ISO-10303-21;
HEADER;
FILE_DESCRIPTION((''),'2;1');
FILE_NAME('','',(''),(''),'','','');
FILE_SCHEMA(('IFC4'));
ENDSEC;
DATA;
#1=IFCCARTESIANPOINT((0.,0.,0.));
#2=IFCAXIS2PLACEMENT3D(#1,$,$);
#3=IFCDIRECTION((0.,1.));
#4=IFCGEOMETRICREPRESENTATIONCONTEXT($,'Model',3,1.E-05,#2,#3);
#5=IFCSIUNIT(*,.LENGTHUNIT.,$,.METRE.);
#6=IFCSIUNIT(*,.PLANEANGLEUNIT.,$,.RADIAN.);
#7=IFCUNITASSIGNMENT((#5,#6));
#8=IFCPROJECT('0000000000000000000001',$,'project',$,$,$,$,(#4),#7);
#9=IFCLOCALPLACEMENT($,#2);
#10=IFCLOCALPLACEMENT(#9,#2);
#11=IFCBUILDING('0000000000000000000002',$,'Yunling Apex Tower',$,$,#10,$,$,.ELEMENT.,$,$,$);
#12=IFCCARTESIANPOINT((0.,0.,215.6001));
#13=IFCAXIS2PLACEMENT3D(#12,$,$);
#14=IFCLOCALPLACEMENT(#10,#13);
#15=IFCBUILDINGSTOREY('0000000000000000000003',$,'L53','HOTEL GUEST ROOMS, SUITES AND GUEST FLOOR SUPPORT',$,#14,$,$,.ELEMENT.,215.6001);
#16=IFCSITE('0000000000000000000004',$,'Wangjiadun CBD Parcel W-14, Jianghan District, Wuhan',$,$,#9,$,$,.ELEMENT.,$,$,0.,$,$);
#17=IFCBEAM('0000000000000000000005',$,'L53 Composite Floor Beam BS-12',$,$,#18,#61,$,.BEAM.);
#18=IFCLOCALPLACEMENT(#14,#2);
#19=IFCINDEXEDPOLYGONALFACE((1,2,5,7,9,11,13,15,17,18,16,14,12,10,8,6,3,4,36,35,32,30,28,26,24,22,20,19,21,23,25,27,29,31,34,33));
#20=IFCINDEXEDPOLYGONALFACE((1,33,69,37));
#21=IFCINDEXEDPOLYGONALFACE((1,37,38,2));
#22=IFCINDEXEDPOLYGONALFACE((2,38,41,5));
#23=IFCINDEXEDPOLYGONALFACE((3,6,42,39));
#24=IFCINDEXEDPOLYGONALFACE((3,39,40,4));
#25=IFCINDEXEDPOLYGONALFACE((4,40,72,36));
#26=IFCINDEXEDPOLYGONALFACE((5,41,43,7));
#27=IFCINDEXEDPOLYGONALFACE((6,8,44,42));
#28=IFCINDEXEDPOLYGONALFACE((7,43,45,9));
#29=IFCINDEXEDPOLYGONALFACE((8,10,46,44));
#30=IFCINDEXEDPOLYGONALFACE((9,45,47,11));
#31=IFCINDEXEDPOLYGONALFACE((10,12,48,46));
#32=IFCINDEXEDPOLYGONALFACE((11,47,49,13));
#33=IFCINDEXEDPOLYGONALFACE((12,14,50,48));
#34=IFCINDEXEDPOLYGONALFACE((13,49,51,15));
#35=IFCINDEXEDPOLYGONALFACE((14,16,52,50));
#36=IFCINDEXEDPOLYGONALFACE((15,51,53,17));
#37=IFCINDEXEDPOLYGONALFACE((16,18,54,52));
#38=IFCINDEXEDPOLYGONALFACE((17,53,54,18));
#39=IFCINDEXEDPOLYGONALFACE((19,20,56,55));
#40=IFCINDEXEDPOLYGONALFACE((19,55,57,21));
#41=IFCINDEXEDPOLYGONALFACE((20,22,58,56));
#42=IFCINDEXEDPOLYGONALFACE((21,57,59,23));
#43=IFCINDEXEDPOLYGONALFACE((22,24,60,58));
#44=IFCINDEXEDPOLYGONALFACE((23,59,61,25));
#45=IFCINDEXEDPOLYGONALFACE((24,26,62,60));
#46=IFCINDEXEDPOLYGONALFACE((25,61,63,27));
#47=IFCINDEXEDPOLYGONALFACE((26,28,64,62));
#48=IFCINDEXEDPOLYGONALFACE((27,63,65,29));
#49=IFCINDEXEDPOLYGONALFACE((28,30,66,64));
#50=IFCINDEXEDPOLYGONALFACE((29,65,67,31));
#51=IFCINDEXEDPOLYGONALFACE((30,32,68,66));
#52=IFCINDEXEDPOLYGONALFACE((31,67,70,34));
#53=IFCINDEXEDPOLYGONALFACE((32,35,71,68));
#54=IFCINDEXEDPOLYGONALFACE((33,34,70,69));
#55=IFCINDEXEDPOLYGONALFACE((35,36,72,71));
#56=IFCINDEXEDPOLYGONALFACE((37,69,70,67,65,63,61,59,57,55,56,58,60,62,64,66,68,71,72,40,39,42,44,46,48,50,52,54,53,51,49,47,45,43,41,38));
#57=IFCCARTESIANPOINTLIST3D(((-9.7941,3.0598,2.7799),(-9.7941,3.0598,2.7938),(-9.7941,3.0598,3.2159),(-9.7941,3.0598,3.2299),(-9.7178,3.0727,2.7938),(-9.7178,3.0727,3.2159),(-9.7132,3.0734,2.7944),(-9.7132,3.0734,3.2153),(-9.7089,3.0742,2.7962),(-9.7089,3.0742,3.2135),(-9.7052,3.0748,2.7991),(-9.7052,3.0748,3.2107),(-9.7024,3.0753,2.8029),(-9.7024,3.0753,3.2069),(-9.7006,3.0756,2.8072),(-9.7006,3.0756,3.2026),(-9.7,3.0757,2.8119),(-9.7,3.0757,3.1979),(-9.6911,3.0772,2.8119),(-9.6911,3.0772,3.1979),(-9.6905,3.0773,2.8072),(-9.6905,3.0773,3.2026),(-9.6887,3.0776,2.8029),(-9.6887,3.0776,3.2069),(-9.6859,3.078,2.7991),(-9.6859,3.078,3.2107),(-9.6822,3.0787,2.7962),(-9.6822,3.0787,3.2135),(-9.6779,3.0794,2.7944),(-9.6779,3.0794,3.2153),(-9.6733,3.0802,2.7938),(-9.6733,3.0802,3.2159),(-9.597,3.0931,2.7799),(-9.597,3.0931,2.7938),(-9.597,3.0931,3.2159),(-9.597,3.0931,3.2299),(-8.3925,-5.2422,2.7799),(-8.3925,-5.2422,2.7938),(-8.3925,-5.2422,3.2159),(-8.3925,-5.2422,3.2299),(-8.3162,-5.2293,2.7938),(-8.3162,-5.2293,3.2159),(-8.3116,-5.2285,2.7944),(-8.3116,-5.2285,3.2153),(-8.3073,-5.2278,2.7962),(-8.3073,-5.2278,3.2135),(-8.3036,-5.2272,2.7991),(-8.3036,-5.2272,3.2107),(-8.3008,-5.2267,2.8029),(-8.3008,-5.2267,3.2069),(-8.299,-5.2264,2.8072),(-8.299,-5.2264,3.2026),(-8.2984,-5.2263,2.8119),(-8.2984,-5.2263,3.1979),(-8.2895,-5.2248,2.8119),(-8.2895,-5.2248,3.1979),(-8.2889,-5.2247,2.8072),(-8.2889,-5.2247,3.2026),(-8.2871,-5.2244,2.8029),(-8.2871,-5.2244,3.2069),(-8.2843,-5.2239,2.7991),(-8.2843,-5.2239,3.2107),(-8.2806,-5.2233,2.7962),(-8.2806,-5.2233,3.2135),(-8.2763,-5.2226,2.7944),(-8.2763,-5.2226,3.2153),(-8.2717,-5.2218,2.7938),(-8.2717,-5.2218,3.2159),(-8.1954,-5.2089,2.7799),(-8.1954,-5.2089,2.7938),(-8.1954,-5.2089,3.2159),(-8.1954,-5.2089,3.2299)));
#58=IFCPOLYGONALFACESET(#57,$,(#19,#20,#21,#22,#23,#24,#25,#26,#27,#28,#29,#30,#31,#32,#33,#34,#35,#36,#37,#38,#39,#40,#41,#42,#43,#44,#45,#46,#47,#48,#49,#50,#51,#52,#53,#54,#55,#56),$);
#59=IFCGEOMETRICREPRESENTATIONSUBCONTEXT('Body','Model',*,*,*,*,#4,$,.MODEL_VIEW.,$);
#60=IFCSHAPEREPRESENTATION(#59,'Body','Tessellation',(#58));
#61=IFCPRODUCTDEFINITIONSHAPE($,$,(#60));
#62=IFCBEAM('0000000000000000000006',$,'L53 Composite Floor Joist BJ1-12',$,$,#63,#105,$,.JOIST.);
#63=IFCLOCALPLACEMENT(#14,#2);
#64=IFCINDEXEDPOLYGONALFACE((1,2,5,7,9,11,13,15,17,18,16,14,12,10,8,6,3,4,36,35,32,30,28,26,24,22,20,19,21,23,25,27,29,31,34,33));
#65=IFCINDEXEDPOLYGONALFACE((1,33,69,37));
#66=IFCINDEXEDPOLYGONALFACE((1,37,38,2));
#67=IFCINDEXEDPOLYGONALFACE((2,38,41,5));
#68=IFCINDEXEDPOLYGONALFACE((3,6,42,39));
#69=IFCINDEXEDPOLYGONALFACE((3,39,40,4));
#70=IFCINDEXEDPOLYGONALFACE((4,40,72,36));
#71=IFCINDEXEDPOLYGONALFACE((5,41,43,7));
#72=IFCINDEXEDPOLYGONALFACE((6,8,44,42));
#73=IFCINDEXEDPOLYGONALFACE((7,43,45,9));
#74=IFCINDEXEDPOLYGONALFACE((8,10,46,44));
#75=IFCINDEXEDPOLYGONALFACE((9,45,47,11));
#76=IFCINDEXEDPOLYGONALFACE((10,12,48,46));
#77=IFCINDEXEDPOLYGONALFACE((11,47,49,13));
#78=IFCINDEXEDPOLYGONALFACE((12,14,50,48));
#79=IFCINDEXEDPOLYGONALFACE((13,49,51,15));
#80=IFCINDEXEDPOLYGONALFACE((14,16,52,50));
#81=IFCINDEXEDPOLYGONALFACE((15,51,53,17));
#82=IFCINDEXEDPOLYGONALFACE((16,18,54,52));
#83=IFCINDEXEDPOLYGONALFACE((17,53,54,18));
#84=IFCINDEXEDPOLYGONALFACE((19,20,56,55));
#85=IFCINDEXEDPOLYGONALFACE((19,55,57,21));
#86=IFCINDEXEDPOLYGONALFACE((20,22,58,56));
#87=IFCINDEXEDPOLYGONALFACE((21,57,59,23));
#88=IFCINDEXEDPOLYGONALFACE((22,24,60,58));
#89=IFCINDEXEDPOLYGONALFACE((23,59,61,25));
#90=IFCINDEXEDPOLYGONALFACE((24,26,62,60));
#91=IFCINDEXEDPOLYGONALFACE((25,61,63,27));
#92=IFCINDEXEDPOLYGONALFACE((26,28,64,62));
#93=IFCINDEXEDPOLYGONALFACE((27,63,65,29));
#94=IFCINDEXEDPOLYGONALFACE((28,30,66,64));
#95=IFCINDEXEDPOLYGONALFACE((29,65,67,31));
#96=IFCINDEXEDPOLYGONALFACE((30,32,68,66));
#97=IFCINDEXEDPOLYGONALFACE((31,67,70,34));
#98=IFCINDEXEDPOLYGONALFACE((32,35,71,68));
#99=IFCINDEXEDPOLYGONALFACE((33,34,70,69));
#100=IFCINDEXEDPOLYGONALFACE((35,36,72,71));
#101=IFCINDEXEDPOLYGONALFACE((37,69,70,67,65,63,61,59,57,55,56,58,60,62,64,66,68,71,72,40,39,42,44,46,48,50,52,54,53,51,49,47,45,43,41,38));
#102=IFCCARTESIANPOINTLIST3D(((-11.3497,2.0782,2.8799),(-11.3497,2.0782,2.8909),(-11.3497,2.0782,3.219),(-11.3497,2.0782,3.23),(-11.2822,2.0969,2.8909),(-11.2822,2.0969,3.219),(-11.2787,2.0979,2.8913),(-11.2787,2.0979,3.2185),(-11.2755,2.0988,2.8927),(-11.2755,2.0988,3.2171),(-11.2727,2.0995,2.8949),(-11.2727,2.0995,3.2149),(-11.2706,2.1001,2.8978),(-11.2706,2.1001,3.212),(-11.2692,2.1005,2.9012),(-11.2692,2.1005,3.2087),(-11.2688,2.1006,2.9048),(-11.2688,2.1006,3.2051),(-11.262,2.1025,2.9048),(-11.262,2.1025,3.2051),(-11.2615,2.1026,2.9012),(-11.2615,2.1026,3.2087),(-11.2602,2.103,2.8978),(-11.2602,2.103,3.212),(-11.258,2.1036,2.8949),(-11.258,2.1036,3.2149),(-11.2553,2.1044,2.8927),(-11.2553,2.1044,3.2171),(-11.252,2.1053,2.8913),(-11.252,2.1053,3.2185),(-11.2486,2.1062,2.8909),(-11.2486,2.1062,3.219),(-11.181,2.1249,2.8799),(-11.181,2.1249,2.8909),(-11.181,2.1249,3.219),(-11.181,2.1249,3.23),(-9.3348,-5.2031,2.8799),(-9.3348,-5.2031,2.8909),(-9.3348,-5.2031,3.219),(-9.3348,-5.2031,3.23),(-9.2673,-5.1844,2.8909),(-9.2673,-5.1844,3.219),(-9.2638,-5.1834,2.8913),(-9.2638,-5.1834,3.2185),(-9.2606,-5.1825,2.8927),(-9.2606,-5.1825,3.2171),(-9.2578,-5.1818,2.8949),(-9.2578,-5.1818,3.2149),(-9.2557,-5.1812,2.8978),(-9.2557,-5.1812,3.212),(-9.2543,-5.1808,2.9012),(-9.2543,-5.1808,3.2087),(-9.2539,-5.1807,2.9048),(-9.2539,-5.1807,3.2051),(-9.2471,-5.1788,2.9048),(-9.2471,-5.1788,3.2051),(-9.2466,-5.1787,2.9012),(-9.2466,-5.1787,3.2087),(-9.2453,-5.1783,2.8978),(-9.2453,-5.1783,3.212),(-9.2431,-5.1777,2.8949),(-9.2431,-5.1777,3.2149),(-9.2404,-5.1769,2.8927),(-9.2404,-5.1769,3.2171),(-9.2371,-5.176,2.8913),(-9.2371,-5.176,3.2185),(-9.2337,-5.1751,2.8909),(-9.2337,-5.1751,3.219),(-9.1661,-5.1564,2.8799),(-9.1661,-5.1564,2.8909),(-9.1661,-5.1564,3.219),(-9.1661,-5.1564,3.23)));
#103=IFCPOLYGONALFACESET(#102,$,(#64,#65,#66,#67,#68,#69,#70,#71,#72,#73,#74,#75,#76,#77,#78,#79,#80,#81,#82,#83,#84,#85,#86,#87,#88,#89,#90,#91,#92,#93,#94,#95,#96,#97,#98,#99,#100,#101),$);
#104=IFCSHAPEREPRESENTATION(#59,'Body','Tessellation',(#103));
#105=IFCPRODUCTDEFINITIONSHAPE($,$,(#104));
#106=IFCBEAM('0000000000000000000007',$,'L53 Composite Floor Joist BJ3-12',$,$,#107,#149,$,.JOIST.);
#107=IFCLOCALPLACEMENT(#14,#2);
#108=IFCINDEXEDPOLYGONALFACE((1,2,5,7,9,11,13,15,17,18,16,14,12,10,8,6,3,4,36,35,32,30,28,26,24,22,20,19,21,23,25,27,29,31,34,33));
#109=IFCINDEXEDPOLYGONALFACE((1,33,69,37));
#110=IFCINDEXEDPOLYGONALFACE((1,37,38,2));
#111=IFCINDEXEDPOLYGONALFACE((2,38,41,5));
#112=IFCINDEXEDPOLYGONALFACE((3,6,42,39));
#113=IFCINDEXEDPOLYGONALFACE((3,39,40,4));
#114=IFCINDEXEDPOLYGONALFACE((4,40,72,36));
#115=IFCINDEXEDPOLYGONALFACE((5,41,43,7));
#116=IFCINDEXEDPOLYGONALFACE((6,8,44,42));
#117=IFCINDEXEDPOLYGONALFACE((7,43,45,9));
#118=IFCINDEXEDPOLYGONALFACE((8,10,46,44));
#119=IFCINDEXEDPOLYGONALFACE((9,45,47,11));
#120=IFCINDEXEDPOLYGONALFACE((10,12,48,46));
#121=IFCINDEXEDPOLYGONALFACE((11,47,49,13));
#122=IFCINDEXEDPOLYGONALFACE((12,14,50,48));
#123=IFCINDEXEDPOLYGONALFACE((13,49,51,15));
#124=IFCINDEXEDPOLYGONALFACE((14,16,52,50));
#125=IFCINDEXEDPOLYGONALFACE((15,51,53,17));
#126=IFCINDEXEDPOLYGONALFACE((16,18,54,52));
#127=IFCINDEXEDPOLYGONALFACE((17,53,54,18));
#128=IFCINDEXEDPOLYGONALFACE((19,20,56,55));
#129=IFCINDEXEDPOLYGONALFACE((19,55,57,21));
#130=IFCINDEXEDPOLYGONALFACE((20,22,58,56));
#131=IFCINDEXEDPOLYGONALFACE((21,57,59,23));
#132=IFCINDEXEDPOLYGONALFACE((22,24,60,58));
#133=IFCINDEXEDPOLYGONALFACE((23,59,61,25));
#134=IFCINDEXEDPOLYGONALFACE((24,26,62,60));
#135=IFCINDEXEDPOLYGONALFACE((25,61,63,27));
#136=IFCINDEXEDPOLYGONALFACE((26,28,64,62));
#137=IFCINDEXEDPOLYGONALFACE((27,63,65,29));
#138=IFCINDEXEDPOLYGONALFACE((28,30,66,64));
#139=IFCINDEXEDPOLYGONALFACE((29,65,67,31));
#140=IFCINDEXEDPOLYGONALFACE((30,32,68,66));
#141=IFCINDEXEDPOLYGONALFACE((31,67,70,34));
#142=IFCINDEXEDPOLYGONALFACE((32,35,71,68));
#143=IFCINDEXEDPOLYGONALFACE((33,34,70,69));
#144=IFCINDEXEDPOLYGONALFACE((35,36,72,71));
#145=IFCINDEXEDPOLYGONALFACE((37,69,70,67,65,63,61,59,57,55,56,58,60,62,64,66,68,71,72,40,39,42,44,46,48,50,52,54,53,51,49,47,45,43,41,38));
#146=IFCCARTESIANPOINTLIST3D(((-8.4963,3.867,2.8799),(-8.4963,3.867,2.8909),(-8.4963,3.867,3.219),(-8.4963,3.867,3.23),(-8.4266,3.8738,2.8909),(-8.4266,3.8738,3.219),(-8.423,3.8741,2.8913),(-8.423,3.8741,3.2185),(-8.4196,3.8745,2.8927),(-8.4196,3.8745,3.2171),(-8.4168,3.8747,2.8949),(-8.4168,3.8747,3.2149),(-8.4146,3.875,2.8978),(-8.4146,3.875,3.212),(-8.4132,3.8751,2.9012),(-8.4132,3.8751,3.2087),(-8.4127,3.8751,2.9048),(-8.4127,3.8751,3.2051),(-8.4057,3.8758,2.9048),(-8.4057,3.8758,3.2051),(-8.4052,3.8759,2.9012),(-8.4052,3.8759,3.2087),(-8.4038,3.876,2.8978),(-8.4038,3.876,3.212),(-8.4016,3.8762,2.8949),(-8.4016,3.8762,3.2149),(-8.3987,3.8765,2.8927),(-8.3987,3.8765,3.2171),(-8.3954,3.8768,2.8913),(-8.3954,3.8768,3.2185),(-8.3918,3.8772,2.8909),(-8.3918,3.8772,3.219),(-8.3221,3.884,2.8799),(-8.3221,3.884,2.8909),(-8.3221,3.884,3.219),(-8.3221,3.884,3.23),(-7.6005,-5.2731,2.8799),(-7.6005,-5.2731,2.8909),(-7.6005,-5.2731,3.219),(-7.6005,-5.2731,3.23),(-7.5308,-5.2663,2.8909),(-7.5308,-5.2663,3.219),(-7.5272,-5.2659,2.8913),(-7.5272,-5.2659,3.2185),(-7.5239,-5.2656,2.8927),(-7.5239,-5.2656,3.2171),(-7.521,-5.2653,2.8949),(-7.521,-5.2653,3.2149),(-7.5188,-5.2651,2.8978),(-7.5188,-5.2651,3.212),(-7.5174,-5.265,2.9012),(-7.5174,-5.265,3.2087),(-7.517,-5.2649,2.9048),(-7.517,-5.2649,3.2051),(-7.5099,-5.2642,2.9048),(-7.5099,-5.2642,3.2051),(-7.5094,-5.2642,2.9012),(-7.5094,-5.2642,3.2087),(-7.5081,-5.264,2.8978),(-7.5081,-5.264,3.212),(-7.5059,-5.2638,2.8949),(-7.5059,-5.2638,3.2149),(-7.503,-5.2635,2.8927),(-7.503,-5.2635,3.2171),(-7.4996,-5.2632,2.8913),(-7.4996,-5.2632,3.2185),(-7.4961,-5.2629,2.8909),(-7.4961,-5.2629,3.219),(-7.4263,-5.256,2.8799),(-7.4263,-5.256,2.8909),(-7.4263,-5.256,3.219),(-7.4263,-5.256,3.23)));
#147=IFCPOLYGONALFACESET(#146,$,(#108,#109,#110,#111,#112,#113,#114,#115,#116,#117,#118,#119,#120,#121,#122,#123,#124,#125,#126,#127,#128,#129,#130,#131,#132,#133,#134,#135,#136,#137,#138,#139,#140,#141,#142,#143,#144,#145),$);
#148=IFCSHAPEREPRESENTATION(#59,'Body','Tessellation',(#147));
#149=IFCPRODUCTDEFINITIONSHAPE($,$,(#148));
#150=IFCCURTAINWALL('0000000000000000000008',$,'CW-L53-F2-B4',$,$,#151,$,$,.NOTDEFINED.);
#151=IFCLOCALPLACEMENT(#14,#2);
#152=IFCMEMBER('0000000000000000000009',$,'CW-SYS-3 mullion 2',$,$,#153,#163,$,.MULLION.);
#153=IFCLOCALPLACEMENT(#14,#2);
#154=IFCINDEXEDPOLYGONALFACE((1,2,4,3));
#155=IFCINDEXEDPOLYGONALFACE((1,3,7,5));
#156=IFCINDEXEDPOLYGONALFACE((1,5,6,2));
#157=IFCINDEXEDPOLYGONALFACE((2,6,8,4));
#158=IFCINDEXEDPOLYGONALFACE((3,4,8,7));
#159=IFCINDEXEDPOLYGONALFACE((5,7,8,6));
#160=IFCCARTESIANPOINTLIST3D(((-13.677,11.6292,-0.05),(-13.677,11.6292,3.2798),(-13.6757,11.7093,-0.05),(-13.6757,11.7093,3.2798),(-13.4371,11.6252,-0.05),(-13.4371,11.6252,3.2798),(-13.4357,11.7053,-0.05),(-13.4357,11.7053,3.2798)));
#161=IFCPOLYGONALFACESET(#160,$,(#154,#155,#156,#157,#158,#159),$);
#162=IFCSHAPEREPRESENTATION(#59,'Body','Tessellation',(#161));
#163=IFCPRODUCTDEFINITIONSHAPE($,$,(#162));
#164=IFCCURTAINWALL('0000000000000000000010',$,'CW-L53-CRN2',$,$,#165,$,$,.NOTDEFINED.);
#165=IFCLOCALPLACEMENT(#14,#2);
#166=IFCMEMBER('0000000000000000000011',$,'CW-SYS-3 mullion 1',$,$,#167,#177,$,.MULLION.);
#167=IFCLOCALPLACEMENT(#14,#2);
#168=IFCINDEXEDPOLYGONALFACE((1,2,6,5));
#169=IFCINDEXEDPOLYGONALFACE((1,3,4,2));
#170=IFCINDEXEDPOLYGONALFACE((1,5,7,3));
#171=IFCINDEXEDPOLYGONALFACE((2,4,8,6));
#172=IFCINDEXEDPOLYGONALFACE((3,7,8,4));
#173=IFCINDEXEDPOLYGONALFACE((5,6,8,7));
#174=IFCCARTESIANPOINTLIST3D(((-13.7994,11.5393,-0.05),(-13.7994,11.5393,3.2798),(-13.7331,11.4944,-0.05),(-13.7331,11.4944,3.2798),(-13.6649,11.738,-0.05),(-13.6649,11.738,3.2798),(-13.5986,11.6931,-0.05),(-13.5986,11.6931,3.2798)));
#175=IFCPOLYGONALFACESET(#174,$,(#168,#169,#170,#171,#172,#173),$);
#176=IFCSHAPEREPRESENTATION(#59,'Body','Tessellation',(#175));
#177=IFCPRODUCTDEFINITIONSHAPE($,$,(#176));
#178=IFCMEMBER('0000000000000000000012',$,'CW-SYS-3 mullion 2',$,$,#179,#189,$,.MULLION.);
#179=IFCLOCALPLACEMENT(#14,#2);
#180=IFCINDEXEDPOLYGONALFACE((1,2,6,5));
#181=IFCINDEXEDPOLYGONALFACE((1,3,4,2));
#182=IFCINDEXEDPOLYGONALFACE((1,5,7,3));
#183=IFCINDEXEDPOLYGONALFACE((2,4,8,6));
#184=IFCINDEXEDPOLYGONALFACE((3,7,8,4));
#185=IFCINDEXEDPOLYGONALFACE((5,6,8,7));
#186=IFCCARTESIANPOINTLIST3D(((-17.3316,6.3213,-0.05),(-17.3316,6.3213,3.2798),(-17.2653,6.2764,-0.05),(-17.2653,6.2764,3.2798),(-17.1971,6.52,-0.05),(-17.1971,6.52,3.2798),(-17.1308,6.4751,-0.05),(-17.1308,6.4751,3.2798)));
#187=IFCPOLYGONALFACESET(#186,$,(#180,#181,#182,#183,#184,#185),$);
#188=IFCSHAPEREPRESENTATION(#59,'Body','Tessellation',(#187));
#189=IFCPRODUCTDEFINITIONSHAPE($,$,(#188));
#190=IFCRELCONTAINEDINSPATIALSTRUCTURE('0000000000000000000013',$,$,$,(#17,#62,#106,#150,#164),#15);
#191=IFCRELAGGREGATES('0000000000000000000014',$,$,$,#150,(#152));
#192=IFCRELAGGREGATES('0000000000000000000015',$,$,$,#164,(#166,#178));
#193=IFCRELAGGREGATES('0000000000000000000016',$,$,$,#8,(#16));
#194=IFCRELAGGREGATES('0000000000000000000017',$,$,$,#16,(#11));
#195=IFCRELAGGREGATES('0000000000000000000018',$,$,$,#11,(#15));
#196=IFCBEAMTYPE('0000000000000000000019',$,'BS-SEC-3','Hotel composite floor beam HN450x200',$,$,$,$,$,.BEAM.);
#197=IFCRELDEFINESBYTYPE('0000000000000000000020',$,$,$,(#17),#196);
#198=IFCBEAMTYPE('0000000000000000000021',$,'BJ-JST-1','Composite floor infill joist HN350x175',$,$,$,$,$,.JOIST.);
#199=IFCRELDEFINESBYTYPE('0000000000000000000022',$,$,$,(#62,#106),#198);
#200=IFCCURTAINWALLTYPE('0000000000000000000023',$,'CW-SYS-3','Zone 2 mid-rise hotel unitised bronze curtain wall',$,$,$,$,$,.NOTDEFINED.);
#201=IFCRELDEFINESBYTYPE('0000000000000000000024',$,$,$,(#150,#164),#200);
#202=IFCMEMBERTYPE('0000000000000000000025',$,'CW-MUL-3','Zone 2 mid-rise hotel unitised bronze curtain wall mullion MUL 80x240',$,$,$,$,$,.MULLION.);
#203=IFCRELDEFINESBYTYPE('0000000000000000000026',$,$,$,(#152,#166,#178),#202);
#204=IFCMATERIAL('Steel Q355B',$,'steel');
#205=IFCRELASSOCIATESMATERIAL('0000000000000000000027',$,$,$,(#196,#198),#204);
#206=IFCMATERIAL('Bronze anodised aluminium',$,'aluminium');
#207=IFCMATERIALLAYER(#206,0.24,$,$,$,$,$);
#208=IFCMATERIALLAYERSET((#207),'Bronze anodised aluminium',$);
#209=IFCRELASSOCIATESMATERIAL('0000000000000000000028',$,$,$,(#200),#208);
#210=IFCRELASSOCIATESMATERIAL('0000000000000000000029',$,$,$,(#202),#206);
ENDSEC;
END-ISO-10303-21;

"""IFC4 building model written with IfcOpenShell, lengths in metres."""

from ifc_helpers import new_model, si_unit, direction, frame, origin, origin_2d, place, context, subcontext, project, spatial, rectangle, i_section, extrude, source, transform, mapped, material, layer, layer_set, material_profile, profile_set, type_object, element, aggregate, save


model = new_model("IFC4")

# Units and contexts
model_context = context("Model", 3, precision=1e-05, world=origin(), true_north=direction((0.0, 1.0)))
body_context = subcontext(model_context, "Body", "Model", "MODEL_VIEW")
ifc_project = project(units=[si_unit("LENGTHUNIT", "METRE"), si_unit("PLANEANGLEUNIT", "RADIAN")], contexts=[model_context])

# Site, building, storey
site_placement = place(None, origin())
site = spatial("IfcSite", under=ifc_project, at=site_placement, Name="Wangjiadun CBD Parcel W-14, Jianghan District, Wuhan", CompositionType="ELEMENT", RefElevation=0.0)
building_placement = place(site_placement, origin())
building = spatial("IfcBuilding", under=site, at=building_placement, Name="Yunling Apex Tower", CompositionType="ELEMENT")
storey_placement = place(building_placement, frame((0.0, 0.0, 215.6001)))
storey = spatial("IfcBuildingStorey", under=building, at=storey_placement, Name="L53", Description="HOTEL GUEST ROOMS, SUITES AND GUEST FLOOR SUPPORT", CompositionType="ELEMENT", Elevation=215.6001)

# Beams
ifc_material_1 = material(Name="Steel Q355B", Category="steel")
ifc_material_profile_1 = material_profile(ifc_material_1, i_section(OverallWidth=0.2, OverallDepth=0.45, WebThickness=0.009, FlangeThickness=0.0139, FilletRadius=0.0181, at=origin_2d()))
ifc_profile_set_1 = profile_set([ifc_material_profile_1], Name="Steel Q355B")
beam_type_1 = type_object("IfcBeamType", Name="BS-SEC-3", Description="Hotel composite floor beam HN450x200", PredefinedType="BEAM", material=ifc_profile_set_1)
ifc_material_profile_2 = material_profile(ifc_material_1, i_section(OverallWidth=0.175, OverallDepth=0.3501, WebThickness=0.0071, FlangeThickness=0.011, FilletRadius=0.0139, at=origin_2d()))
ifc_profile_set_2 = profile_set([ifc_material_profile_2], Name="Steel Q355B")
beam_type_2 = type_object("IfcBeamType", Name="BJ-JST-1", Description="Composite floor infill joist HN350x175", PredefinedType="JOIST", material=ifc_profile_set_2)
shared_shape_1 = source(origin(), body_context, "Body", "SweptSolid", [
    extrude(i_section(OverallWidth=0.2, OverallDepth=0.45, WebThickness=0.009, FlangeThickness=0.0139, FilletRadius=0.0181, at=origin_2d()), origin(), (0.0, 0.0, 1.0), 8.4194),
])
beam_1_placement = place(storey_placement, frame((-9.6956, 3.0764, 3.0049), z_axis=(0.166472, -0.986046, 0.0), x_axis=(0.986046, 0.166472, 0.0)))
element("IfcBeam", 1, at=beam_1_placement, inside=storey, type_object=beam_type_1, Name="L53 Composite Floor Beam BS-12", PredefinedType="BEAM", context=body_context, shape_type="MappedRepresentation", body=[
    mapped(shared_shape_1, transform((0.0, 0.0, 0.0), scale=1.0)),
])
shared_shape_2 = source(origin(), body_context, "Body", "SweptSolid", [
    extrude(i_section(OverallWidth=0.175, OverallDepth=0.3501, WebThickness=0.0071, FlangeThickness=0.011, FilletRadius=0.0139, at=origin_2d()), origin(), (0.0, 0.0, 1.0), 7.5549),
])
beam_2_placement = place(storey_placement, frame((-11.2654, 2.1016, 3.0549), z_axis=(0.2667, -0.963779, 0.0), x_axis=(0.963779, 0.2667, 0.0)))
element("IfcBeam", 2, at=beam_2_placement, inside=storey, type_object=beam_type_2, Name="L53 Composite Floor Joist BJ1-12", PredefinedType="JOIST", context=body_context, shape_type="MappedRepresentation", body=[
    mapped(shared_shape_2, transform((0.0, 0.0, 0.0), scale=1.0)),
])
shared_shape_3 = source(origin(), body_context, "Body", "SweptSolid", [
    extrude(i_section(OverallWidth=0.175, OverallDepth=0.3501, WebThickness=0.0071, FlangeThickness=0.011, FilletRadius=0.0139, at=origin_2d()), origin(), (0.0, 0.0, 1.0), 9.1838),
])
beam_3_placement = place(storey_placement, frame((-8.4092, 3.8755, 3.0549), z_axis=(0.097535, -0.995232, 0.0), x_axis=(0.995232, 0.097535, 0.0)))
element("IfcBeam", 3, at=beam_3_placement, inside=storey, type_object=beam_type_2, Name="L53 Composite Floor Joist BJ3-12", PredefinedType="JOIST", context=body_context, shape_type="MappedRepresentation", body=[
    mapped(shared_shape_3, transform((0.0, 0.0, 0.0), scale=1.0)),
])

# Curtain wall, member
ifc_material_2 = material(Name="Bronze anodised aluminium", Category="aluminium")
ifc_layer_1 = layer(ifc_material_2, 0.24)
ifc_layer_set_1 = layer_set([ifc_layer_1], Name="Bronze anodised aluminium")
curtain_wall_type = type_object("IfcCurtainWallType", Name="CW-SYS-3", Description="Zone 2 mid-rise hotel unitised bronze curtain wall", PredefinedType="NOTDEFINED", material=ifc_layer_set_1)
curtain_wall_1_placement = place(storey_placement, origin())
curtain_wall_1 = element("IfcCurtainWall", 4, at=curtain_wall_1_placement, inside=storey, type_object=curtain_wall_type, Name="CW-L53-F2-B4", PredefinedType="NOTDEFINED")
ifc_material_profile_3 = material_profile(ifc_material_2, rectangle(XDim=0.0801, YDim=0.24, at=origin_2d()))
ifc_profile_set_3 = profile_set([ifc_material_profile_3], Name="Bronze anodised aluminium")
member_type_1 = type_object("IfcMemberType", Name="CW-MUL-3", Description="Zone 2 mid-rise hotel unitised bronze curtain wall mullion MUL 80x240", PredefinedType="MULLION", material=ifc_profile_set_3)
shared_shape_4 = source(origin(), body_context, "Body", "SweptSolid", [
    extrude(rectangle(XDim=0.0801, YDim=0.24, at=origin_2d()), origin(), (0.0, 0.0, 1.0), 3.3298),
])
member_1_placement = place(storey_placement, frame((-13.5564, 11.6672, -0.05), z_axis=(0.0, 0.0, 1.0), x_axis=(-0.016761, -0.99986, 0.0)))
member_1 = element("IfcMember", 5, at=member_1_placement, type_object=member_type_1, Name="CW-SYS-3 mullion 2", PredefinedType="MULLION", context=body_context, shape_type="MappedRepresentation", body=[
    mapped(shared_shape_4, transform((0.0, 0.0, 0.0), scale=1.0)),
])

# Curtain wall, members
curtain_wall_2_placement = place(storey_placement, origin())
curtain_wall_2 = element("IfcCurtainWall", 6, at=curtain_wall_2_placement, inside=storey, type_object=curtain_wall_type, Name="CW-L53-CRN2", PredefinedType="NOTDEFINED")
member_2_placement = place(storey_placement, frame((-13.699, 11.6162, -0.05), z_axis=(0.0, 0.0, 1.0), x_axis=(0.828107, -0.56057, 0.0)))
member_2 = element("IfcMember", 7, at=member_2_placement, type_object=member_type_1, Name="CW-SYS-3 mullion 1", PredefinedType="MULLION", context=body_context, shape_type="MappedRepresentation", body=[
    mapped(shared_shape_4, transform((0.0, 0.0, 0.0), scale=1.0)),
])
member_3_placement = place(storey_placement, frame((-17.2312, 6.3982, -0.05), z_axis=(0.0, 0.0, 1.0), x_axis=(0.828107, -0.56057, 0.0)))
member_3 = element("IfcMember", 8, at=member_3_placement, type_object=member_type_1, Name="CW-SYS-3 mullion 2", PredefinedType="MULLION", context=body_context, shape_type="MappedRepresentation", body=[
    mapped(shared_shape_4, transform((0.0, 0.0, 0.0), scale=1.0)),
])

aggregate(curtain_wall_1, [member_1])
aggregate(curtain_wall_2, [member_2, member_3])

save(model, "model.ifc")
